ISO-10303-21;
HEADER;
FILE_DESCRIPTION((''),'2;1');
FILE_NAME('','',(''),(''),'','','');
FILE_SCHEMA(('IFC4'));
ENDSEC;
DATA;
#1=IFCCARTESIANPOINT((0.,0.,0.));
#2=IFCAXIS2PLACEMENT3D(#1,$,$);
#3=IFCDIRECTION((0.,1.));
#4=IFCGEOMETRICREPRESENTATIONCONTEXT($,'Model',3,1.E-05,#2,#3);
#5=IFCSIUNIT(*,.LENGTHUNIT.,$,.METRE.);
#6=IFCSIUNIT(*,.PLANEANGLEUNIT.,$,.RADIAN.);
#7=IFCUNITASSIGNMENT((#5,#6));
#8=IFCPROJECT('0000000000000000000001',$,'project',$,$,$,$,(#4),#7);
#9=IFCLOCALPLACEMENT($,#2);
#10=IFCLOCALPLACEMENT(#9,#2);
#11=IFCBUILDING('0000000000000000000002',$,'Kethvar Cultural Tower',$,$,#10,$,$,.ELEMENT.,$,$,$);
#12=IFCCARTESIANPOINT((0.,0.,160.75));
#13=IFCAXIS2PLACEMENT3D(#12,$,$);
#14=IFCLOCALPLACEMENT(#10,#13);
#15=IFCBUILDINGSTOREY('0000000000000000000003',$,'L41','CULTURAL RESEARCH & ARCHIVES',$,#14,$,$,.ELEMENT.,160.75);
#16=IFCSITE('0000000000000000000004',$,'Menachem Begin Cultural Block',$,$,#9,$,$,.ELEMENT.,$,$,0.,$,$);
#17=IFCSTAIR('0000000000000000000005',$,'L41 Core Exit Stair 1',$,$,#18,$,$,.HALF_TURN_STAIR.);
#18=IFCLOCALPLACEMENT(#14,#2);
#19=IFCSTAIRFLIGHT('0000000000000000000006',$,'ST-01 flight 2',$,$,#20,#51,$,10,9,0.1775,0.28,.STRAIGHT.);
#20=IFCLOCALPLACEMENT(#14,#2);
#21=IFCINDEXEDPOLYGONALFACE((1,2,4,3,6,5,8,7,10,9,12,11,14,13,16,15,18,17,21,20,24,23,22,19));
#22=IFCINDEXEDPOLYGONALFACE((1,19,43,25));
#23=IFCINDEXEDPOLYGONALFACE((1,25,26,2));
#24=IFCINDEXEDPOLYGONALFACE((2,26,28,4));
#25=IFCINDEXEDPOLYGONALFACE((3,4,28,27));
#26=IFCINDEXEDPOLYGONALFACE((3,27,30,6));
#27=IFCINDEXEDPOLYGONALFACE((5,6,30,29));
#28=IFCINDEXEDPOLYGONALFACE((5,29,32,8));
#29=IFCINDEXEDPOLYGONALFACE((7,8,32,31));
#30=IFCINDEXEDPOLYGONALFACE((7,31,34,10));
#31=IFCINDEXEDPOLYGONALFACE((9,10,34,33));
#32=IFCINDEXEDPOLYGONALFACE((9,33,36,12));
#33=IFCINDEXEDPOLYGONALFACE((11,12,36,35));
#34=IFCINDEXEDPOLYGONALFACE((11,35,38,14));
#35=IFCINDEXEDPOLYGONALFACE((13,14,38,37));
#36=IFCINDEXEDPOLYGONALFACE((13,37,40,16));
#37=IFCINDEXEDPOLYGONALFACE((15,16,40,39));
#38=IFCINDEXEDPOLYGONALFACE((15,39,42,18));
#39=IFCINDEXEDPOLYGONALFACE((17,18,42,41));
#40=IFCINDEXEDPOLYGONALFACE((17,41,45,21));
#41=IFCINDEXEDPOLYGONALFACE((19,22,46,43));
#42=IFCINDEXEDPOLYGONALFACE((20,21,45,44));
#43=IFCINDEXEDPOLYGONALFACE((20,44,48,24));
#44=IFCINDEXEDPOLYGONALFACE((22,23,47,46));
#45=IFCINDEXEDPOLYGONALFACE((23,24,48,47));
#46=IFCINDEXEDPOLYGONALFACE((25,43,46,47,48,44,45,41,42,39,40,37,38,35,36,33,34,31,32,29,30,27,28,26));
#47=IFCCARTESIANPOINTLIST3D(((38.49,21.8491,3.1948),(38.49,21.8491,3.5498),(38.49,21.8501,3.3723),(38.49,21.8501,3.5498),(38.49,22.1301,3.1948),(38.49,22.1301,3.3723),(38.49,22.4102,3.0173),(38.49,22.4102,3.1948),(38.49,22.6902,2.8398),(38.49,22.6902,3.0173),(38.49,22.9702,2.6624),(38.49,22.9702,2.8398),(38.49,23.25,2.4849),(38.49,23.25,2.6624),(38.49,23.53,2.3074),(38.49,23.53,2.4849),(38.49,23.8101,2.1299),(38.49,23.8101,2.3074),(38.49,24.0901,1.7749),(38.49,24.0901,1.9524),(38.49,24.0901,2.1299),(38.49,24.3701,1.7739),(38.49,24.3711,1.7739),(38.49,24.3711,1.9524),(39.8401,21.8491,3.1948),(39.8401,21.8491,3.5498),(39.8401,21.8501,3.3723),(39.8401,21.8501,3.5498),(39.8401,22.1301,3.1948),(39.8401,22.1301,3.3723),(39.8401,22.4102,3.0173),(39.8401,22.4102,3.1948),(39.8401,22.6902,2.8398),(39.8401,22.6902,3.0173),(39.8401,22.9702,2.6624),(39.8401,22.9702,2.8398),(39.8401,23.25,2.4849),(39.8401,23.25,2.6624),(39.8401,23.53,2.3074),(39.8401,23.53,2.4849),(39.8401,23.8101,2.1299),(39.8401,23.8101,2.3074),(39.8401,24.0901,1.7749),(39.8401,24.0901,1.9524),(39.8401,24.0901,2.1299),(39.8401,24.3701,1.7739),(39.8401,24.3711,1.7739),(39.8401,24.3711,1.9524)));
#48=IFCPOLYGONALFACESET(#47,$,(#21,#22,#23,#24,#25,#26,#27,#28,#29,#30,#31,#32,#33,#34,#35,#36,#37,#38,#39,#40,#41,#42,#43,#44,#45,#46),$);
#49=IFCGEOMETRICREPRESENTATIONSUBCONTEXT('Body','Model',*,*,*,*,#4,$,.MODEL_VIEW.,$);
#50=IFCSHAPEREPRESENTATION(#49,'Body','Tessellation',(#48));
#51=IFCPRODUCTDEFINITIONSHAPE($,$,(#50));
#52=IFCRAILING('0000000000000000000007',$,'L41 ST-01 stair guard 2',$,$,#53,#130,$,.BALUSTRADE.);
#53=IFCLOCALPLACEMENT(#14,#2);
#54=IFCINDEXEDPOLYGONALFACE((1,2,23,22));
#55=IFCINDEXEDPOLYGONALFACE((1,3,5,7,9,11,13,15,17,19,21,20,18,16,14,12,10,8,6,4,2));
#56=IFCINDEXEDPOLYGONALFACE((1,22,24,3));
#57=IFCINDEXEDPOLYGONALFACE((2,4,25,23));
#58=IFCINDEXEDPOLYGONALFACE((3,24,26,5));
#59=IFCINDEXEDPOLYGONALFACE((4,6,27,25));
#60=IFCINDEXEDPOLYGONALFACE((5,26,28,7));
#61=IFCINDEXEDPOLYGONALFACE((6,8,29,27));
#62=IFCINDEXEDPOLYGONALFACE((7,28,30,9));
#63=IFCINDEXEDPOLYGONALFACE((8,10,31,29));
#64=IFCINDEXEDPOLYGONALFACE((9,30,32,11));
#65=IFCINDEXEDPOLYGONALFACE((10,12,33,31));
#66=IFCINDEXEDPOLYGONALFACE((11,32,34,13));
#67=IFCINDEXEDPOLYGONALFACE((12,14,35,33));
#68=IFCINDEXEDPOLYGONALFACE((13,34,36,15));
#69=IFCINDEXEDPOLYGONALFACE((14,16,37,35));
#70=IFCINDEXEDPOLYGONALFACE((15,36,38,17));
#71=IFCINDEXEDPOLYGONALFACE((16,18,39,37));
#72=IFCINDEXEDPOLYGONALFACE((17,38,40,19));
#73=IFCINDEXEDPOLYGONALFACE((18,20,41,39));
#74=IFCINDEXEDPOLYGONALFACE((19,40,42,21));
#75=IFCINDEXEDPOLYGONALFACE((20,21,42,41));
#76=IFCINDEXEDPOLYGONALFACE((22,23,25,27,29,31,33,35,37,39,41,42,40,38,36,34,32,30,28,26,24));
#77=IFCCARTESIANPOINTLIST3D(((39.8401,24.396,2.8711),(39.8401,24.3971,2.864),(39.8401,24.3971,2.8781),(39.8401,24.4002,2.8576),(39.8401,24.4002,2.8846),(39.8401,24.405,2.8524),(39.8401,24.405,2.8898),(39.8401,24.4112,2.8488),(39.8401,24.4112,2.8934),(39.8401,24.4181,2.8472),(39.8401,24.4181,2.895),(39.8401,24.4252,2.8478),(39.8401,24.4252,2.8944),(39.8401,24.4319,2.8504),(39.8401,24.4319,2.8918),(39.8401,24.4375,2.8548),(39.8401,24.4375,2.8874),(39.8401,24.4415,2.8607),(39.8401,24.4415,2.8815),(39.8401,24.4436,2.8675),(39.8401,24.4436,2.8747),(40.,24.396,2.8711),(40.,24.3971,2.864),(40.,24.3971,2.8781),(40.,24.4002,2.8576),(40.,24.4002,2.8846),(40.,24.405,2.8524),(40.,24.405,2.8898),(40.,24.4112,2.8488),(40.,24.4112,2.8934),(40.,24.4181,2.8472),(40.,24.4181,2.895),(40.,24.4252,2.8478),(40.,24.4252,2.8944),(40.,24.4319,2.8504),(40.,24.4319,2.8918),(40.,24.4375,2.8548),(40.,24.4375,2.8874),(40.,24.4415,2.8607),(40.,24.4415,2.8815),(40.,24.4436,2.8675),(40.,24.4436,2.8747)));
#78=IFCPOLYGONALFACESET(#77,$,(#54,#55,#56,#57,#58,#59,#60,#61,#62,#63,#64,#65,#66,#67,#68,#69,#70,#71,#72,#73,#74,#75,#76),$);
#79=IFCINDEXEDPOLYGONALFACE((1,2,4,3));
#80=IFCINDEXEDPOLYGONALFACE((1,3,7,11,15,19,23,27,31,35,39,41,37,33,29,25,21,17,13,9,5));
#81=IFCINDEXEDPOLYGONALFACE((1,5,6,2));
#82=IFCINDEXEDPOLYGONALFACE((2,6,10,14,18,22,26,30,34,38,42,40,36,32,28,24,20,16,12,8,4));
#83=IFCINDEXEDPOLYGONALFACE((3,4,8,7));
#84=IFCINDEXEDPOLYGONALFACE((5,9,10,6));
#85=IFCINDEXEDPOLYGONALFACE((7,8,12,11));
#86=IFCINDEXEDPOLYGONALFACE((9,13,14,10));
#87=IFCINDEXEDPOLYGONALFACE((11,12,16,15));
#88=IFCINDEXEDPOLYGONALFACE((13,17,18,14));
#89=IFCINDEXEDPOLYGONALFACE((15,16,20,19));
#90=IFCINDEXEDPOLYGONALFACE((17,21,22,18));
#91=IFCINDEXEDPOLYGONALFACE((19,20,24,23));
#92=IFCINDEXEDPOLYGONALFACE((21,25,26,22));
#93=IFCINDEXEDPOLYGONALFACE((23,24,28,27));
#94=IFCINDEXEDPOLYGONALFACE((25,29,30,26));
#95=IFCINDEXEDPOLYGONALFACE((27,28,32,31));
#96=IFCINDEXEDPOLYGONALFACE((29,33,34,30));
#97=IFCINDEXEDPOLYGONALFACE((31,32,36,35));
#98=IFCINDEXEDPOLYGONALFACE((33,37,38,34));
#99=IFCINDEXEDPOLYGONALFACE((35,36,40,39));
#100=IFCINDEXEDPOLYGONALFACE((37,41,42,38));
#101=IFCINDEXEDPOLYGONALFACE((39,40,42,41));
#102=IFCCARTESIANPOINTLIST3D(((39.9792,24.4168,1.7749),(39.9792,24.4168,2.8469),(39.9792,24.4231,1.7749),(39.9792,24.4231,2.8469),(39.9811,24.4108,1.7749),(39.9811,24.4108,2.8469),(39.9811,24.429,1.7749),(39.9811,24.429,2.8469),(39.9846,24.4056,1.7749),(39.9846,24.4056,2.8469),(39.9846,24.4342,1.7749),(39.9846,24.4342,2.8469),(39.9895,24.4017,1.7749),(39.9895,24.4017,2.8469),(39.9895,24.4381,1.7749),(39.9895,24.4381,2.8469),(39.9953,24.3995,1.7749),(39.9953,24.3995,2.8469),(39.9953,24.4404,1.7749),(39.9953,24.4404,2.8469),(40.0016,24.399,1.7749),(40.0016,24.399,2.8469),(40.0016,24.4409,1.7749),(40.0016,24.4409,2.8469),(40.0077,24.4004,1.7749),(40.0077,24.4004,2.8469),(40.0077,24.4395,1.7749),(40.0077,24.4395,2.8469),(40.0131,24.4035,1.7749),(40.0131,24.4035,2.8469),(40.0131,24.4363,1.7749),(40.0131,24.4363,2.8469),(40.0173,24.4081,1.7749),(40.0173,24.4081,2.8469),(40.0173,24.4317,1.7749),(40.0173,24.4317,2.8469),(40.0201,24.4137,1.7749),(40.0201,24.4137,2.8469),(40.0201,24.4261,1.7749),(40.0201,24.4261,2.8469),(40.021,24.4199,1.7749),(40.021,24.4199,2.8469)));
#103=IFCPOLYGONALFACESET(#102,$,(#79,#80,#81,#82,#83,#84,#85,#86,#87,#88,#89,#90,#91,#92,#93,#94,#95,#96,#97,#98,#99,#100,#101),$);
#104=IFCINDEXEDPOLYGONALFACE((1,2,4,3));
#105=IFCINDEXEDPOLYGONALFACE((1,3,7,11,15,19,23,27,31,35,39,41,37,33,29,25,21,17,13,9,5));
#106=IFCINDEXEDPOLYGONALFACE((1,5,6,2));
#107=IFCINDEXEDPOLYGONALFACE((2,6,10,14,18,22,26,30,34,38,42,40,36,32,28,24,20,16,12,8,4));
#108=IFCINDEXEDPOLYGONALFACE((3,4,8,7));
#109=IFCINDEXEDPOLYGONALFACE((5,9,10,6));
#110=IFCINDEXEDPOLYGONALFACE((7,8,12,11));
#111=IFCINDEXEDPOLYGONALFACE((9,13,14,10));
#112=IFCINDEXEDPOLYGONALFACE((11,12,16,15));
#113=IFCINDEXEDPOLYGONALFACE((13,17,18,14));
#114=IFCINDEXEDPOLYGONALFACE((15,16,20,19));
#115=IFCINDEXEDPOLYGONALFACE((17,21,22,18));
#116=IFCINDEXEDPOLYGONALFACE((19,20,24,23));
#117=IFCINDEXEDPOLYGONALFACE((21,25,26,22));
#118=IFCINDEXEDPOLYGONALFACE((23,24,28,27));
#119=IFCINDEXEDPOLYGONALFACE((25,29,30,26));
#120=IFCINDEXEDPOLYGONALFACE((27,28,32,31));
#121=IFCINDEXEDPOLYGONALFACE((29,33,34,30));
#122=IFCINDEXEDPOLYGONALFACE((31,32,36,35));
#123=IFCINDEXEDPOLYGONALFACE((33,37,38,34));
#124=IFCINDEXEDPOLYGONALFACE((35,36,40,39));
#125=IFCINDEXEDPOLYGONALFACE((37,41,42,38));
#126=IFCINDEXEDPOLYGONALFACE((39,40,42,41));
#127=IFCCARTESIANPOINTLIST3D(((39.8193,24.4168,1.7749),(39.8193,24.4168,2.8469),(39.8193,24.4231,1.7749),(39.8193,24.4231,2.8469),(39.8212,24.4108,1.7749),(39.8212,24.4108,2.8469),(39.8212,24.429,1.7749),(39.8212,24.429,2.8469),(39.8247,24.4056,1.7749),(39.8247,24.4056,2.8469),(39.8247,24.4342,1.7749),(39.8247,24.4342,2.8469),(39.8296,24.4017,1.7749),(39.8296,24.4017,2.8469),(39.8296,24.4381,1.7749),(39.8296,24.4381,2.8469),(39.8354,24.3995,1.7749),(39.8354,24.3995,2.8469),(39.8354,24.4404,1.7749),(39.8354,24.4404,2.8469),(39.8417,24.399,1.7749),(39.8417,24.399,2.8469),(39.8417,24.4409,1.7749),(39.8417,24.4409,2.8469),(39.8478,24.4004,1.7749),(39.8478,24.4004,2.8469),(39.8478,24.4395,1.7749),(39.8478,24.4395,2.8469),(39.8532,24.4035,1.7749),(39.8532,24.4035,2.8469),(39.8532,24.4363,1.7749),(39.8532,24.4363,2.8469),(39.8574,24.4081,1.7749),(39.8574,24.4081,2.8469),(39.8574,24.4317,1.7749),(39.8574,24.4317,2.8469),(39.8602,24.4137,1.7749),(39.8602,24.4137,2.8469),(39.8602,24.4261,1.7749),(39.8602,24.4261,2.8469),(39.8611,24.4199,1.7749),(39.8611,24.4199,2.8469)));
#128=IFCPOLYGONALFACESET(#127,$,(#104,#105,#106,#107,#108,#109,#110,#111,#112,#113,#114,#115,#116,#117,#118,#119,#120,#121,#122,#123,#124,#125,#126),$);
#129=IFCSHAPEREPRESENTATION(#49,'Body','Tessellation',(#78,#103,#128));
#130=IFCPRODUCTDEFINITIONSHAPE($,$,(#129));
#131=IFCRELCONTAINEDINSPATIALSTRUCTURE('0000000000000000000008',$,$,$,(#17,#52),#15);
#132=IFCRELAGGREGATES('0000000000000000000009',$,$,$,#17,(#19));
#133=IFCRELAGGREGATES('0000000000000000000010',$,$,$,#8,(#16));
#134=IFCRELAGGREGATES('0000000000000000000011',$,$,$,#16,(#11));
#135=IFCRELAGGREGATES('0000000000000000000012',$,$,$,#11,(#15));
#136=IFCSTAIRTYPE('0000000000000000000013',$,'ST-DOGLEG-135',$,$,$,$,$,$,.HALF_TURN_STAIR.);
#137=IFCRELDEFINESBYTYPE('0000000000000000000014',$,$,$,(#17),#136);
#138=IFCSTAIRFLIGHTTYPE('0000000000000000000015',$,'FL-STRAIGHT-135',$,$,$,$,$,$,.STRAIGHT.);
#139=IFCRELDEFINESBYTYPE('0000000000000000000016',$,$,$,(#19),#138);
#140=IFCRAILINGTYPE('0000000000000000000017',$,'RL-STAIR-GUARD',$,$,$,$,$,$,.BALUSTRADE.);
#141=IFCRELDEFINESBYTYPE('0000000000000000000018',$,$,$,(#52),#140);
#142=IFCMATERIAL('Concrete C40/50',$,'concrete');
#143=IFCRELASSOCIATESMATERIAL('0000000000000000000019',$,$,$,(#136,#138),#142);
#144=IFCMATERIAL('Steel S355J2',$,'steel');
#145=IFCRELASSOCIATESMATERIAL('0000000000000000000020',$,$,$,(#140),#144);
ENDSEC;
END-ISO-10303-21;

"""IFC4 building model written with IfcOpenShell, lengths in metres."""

from ifc_helpers import new_model, si_unit, direction, frame, origin, origin_2d, place, context, subcontext, project, spatial, polyline, circle, outline, extrude, material, type_object, element, aggregate, save


model = new_model("IFC4")

# Units and contexts
model_context = context("Model", 3, precision=1e-05, world=origin(), true_north=direction((0.0, 1.0)))
body_context = subcontext(model_context, "Body", "Model", "MODEL_VIEW")
ifc_project = project(units=[si_unit("LENGTHUNIT", "METRE"), si_unit("PLANEANGLEUNIT", "RADIAN")], contexts=[model_context])

# Site, building, storey
site_placement = place(None, origin())
site = spatial("IfcSite", under=ifc_project, at=site_placement, Name="Menachem Begin Cultural Block", CompositionType="ELEMENT", RefElevation=0.0)
building_placement = place(site_placement, origin())
building = spatial("IfcBuilding", under=site, at=building_placement, Name="Kethvar Cultural Tower", CompositionType="ELEMENT")
storey_placement = place(building_placement, frame((0.0, 0.0, 160.75)))
storey = spatial("IfcBuildingStorey", under=building, at=storey_placement, Name="L41", Description="CULTURAL RESEARCH & ARCHIVES", CompositionType="ELEMENT", Elevation=160.75)

# Shared definitions
ifc_material_1 = material(Name="Steel S355J2", Category="steel")

# Shared definitions
ifc_material_2 = material(Name="Concrete C40/50", Category="concrete")

# Stair, stair flight
stair_type = type_object("IfcStairType", Name="ST-DOGLEG-135", PredefinedType="HALF_TURN_STAIR", material=ifc_material_2)
stair_placement = place(storey_placement, origin())
stair = element("IfcStair", 1, at=stair_placement, inside=storey, type_object=stair_type, Name="L41 Core Exit Stair 1", PredefinedType="HALF_TURN_STAIR")
stair_flight_type = type_object("IfcStairFlightType", Name="FL-STRAIGHT-135", PredefinedType="STRAIGHT", material=ifc_material_2)
stair_flight_placement = place(storey_placement, frame((39.165, 24.3701, 1.7749), z_axis=(0.0, 0.0, 1.0), x_axis=(0.0, -1.0, 0.0)))
stair_flight = element("IfcStairFlight", 2, at=stair_flight_placement, type_object=stair_flight_type, Name="ST-01 flight 2", NumberOfRisers=10, NumberOfTreads=9, PredefinedType="STRAIGHT", RiserHeight=0.1775, TreadLength=0.28, context=body_context, shape_type="SweptSolid", body=[
    extrude(outline(polyline([(-0.001, -0.001), (-0.001, 0.1775), (0.28, 0.1775), (0.28, 0.355), (0.5601, 0.355), (0.5601, 0.5325), (0.8401, 0.5325), (0.8401, 0.71), (1.1201, 0.71), (1.1201, 0.8875), (1.3999, 0.8875), (1.3999, 1.0649), (1.6799, 1.0649), (1.6799, 1.2424), (1.96, 1.2424), (1.96, 1.4199), (2.24, 1.4199), (2.24, 1.5974), (2.52, 1.5974), (2.52, 1.7749), (2.521, 1.7749), (2.521, 1.4199), (0.28, 0.0), (0.0, -0.001), (-0.001, -0.001)])), frame((0.0, 0.675, 0.0), z_axis=(0.0, -1.0, 0.0), x_axis=(1.0, 0.0, 0.0)), (0.0, 0.0, 1.0), 1.3501),
])
aggregate(stair, [stair_flight])

# Railing
railing_type_1 = type_object("IfcRailingType", Name="RL-STAIR-GUARD", PredefinedType="BALUSTRADE", material=ifc_material_1)
railing_1_placement = place(storey_placement, frame((40.0, 24.4199, 1.7749)))
element("IfcRailing", 3, at=railing_1_placement, inside=storey, type_object=railing_type_1, Name="L41 ST-01 stair guard 2", PredefinedType="BALUSTRADE", context=body_context, shape_type="SweptSolid", body=[
    extrude(circle(Radius=0.0239, at=origin_2d()), frame((0.0, 0.0, 1.0962), z_axis=(-1.0, 0.0, 0.0), x_axis=(0.0, -1.0, 0.0)), (0.0, 0.0, 1.0), 0.1599),
    extrude(circle(Radius=0.021, at=origin_2d()), origin(), (0.0, 0.0, 1.0), 1.072),
    extrude(circle(Radius=0.021, at=origin_2d()), frame((-0.1599, 0.0, 0.0)), (0.0, 0.0, 1.0), 1.072),
])

save(model, "model.ifc")
